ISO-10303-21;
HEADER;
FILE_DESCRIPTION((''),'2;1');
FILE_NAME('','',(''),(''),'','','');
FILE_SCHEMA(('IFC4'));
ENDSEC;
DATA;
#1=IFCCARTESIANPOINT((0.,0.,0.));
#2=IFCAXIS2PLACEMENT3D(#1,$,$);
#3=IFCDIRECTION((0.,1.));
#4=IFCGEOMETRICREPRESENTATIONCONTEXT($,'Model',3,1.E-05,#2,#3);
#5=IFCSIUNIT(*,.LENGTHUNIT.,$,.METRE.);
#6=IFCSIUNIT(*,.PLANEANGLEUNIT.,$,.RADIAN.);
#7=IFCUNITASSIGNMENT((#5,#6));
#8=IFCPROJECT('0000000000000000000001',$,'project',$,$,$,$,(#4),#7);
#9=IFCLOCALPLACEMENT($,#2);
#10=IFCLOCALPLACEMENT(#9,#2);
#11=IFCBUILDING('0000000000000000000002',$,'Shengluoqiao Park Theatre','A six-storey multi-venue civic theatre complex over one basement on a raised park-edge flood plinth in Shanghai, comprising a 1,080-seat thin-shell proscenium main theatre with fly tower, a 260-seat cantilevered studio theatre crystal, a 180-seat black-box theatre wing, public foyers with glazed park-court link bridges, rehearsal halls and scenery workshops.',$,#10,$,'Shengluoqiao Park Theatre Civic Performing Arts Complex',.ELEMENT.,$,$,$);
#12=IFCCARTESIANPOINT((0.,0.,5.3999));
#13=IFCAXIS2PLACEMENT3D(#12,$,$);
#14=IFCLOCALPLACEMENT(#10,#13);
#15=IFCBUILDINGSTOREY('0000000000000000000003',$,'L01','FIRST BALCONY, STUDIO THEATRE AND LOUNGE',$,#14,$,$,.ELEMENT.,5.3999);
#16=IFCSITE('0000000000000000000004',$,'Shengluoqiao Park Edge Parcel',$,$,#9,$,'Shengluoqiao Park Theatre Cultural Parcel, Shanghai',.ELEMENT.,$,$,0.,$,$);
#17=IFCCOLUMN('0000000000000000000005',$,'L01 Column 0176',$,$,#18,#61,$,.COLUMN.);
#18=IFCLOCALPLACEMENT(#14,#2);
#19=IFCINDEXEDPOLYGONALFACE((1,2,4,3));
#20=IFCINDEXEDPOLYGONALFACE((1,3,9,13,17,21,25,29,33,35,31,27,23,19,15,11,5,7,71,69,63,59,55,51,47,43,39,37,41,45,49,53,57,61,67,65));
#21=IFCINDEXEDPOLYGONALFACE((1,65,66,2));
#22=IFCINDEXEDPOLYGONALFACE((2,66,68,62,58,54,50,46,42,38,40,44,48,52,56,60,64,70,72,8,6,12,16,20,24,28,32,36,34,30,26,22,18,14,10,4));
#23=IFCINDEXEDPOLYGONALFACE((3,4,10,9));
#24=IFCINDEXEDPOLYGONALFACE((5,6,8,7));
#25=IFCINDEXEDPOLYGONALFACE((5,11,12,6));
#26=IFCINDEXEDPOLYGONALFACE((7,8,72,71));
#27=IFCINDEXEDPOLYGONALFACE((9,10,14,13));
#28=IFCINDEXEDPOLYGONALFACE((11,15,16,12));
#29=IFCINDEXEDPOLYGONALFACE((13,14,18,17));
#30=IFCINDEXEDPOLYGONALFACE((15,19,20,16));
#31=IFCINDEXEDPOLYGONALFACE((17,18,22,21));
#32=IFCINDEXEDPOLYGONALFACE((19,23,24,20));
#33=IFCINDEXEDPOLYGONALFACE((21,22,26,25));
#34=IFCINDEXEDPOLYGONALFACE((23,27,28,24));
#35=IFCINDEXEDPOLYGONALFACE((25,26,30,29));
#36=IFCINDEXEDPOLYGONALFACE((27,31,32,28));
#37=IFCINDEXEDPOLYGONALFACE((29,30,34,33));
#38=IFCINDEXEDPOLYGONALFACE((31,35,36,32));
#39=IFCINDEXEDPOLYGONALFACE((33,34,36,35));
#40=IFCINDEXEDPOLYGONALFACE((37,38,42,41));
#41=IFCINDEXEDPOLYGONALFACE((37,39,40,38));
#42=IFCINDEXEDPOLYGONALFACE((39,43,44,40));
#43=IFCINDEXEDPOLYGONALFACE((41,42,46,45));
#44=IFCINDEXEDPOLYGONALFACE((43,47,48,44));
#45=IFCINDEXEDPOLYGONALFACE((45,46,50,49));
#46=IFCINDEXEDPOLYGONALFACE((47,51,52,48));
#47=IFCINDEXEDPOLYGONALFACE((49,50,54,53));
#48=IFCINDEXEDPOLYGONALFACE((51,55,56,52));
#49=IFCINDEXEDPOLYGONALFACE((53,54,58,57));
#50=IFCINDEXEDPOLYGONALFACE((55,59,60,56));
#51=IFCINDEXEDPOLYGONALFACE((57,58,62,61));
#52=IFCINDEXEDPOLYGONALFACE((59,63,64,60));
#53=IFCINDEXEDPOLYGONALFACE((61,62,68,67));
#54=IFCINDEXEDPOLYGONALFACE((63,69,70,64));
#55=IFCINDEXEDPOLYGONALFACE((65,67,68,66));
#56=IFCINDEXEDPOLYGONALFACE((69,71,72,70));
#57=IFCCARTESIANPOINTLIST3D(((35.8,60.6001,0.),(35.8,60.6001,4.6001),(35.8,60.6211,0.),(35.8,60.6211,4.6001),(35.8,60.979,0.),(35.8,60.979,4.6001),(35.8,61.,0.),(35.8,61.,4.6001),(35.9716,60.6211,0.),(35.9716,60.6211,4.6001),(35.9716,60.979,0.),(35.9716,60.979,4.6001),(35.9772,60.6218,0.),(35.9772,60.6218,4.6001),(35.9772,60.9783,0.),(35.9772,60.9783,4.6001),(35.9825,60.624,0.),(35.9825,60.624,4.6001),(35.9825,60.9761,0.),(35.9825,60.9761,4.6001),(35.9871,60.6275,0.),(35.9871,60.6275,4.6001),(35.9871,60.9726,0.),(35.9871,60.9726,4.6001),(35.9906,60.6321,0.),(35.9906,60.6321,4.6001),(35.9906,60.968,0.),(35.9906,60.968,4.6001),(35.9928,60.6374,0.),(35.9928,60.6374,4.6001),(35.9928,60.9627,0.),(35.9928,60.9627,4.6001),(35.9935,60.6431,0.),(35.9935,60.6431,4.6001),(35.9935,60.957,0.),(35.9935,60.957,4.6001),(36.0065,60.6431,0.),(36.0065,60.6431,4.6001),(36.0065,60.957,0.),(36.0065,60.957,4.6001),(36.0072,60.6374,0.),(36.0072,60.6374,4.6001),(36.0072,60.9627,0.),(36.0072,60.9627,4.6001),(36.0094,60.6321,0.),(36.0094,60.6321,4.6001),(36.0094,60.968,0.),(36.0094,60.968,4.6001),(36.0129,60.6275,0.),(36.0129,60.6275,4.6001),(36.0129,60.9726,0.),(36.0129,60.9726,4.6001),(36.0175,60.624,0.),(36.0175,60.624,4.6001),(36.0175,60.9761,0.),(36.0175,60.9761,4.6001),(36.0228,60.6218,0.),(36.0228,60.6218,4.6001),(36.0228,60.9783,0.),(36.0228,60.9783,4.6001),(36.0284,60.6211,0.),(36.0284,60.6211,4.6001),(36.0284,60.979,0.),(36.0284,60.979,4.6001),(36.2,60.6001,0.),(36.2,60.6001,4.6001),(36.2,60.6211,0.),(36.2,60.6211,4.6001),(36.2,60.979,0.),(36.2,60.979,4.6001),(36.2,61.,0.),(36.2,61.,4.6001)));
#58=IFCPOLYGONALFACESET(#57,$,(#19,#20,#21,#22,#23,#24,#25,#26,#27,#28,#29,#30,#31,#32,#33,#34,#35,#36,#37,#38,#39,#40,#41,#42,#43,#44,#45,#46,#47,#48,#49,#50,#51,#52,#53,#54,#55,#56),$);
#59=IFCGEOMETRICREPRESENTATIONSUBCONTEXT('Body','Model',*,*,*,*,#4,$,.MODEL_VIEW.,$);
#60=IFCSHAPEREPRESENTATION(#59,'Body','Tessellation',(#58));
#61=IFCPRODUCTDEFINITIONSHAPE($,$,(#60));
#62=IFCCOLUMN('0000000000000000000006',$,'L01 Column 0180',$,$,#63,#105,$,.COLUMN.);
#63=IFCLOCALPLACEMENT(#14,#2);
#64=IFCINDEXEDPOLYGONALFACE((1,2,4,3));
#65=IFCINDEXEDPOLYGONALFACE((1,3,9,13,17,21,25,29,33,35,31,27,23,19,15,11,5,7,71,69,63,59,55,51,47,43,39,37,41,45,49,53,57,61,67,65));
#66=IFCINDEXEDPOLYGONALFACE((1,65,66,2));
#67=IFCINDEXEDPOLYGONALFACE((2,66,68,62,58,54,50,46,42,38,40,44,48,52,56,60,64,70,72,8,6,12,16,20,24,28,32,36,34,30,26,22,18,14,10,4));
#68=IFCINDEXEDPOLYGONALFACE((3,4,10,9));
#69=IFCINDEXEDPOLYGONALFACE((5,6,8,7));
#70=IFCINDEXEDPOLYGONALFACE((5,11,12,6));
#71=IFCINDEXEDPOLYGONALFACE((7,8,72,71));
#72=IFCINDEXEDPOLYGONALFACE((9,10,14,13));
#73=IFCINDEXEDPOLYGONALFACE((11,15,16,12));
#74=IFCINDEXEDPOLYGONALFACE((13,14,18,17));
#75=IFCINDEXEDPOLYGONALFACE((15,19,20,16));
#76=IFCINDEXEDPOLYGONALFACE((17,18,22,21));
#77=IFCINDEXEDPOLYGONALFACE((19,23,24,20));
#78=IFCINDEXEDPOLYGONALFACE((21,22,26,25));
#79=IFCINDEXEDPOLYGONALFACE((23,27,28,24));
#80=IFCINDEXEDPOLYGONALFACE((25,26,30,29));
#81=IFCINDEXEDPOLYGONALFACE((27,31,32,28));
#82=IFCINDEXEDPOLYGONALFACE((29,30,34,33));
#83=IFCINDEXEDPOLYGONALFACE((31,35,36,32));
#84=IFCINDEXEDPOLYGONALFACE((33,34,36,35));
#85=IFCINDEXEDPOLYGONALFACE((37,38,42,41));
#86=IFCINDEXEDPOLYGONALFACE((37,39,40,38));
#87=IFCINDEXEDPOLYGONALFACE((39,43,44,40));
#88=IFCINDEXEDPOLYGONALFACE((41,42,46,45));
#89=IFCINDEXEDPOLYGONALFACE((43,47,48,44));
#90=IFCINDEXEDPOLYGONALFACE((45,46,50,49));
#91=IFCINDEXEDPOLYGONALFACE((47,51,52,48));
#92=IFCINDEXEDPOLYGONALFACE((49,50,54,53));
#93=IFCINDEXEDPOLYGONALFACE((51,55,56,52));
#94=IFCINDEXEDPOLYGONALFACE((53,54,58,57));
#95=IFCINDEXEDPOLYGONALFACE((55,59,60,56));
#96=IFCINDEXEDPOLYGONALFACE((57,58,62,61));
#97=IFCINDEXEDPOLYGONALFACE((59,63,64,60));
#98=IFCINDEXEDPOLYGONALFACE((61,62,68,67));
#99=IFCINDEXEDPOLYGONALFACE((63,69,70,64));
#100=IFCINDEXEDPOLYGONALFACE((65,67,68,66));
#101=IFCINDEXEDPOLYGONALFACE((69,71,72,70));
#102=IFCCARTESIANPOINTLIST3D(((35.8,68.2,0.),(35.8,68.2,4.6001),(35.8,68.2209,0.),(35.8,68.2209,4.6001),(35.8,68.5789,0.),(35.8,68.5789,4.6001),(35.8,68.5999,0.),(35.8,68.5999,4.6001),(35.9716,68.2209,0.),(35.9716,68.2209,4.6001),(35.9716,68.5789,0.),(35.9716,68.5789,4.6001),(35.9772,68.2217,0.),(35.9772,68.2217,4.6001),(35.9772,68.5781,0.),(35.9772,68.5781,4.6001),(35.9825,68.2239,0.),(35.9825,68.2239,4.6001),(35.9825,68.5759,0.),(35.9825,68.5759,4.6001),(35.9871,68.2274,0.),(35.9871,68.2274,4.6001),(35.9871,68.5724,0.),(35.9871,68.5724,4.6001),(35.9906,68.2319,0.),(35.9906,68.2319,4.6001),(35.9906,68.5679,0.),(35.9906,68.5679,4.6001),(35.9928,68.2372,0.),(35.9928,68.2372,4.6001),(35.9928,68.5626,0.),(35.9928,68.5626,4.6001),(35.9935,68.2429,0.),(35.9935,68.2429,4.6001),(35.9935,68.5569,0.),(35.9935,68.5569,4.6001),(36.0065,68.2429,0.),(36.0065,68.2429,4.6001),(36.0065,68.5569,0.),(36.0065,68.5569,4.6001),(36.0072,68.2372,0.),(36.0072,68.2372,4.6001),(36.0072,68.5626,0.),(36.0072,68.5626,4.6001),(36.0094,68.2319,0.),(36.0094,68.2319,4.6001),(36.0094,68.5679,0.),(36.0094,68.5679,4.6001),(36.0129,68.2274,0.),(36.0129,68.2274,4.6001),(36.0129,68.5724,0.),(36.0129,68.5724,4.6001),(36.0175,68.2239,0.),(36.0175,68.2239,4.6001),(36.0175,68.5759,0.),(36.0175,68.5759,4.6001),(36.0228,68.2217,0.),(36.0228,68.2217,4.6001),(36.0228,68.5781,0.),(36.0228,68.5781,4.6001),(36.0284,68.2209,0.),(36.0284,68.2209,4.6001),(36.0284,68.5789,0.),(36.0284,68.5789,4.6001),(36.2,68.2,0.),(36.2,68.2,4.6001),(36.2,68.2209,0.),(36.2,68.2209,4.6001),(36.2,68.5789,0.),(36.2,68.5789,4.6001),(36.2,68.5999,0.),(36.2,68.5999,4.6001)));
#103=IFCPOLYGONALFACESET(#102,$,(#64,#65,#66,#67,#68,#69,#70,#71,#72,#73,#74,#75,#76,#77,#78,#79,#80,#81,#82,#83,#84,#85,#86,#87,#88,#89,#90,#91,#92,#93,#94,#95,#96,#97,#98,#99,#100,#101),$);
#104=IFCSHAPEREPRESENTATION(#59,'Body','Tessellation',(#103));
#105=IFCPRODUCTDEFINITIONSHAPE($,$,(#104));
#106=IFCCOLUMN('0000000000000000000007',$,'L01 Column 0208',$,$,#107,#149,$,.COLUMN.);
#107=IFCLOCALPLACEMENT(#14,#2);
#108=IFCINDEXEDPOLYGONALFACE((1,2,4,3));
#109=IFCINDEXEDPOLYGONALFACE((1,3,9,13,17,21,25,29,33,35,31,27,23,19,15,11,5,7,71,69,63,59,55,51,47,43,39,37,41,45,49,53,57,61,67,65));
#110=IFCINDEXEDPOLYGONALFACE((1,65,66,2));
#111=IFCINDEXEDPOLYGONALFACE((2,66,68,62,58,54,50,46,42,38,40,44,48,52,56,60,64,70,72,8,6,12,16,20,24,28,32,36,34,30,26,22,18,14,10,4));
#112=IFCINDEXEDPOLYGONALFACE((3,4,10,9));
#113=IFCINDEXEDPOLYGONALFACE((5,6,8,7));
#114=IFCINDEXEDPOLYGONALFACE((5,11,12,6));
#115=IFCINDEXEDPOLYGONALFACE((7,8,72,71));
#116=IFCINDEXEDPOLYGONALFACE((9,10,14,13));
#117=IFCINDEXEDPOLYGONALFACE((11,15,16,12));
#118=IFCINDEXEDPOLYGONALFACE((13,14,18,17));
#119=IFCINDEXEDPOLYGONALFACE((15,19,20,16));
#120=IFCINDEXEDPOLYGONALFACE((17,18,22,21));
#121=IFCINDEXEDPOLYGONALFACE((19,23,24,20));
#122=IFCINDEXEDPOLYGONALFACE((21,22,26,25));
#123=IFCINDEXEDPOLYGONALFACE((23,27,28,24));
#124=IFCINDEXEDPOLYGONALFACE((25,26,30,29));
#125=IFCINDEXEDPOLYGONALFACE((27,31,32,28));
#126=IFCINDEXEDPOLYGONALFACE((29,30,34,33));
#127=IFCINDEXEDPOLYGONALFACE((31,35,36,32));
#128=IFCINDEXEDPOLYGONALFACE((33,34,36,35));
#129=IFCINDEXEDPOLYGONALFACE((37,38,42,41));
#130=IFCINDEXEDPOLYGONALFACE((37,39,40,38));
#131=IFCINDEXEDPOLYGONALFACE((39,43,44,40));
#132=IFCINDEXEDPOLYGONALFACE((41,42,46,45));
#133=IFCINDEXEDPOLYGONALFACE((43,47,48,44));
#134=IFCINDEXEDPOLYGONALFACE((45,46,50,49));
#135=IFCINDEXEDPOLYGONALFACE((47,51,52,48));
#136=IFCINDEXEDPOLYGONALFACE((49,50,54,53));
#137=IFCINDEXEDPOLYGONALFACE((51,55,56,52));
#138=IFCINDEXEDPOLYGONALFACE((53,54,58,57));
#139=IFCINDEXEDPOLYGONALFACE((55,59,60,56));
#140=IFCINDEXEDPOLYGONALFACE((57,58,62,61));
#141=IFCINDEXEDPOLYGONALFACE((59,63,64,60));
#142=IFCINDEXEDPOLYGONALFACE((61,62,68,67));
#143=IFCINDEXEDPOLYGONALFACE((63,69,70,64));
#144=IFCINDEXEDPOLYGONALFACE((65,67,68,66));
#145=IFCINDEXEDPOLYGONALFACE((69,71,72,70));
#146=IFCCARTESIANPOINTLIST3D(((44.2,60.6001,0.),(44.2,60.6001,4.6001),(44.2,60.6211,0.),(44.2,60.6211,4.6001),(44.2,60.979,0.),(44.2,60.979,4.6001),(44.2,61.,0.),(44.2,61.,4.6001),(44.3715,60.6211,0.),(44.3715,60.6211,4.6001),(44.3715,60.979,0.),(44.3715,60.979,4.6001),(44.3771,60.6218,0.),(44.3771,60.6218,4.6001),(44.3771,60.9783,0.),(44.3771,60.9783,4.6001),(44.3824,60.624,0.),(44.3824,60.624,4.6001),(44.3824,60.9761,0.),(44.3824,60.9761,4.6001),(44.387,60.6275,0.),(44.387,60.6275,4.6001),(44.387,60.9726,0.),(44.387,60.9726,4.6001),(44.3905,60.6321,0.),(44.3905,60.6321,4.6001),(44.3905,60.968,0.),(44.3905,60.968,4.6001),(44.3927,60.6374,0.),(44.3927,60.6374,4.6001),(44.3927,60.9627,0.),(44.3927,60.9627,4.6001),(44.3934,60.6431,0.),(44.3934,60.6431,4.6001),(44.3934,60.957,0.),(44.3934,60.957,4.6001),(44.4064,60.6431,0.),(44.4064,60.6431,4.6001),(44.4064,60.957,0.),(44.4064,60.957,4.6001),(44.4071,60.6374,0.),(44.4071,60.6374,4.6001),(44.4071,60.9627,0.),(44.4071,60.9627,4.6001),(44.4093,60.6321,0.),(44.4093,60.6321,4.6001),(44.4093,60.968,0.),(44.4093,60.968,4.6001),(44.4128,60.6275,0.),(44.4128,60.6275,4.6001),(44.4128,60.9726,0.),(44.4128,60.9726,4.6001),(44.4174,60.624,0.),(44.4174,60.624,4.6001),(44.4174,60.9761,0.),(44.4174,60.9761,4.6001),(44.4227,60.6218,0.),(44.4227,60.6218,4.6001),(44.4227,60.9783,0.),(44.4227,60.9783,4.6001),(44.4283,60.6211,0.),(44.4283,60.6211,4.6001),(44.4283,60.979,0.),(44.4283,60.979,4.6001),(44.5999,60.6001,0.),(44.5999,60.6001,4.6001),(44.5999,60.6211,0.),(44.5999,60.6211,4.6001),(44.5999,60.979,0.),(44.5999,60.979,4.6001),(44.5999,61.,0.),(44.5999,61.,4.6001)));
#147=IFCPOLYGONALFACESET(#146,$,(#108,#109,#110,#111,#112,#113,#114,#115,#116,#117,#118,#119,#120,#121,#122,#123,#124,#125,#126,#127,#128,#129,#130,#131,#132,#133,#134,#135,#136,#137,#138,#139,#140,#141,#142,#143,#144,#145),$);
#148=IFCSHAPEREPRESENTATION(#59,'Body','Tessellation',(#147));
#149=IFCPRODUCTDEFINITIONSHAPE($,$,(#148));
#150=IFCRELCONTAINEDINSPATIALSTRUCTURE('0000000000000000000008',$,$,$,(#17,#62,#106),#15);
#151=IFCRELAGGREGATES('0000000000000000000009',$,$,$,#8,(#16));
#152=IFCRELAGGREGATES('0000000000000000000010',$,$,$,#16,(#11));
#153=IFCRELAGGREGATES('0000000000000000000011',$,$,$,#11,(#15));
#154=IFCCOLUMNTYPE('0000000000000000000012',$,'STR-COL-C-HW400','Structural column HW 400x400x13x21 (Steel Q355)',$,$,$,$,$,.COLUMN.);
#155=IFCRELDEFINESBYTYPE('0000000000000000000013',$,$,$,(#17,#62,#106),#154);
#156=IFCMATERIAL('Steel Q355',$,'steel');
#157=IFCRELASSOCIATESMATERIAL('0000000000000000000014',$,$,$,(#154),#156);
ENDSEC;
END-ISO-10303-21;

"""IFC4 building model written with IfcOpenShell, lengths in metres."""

from ifc_helpers import new_model, si_unit, direction, frame, origin, origin_2d, place, context, subcontext, project, spatial, i_section, extrude, material, material_profile, profile_set, type_object, element, save


model = new_model("IFC4")

# Units and contexts
model_context = context("Model", 3, precision=1e-05, world=origin(), true_north=direction((0.0, 1.0)))
body_context = subcontext(model_context, "Body", "Model", "MODEL_VIEW")
ifc_project = project(units=[si_unit("LENGTHUNIT", "METRE"), si_unit("PLANEANGLEUNIT", "RADIAN")], contexts=[model_context])

# Site, building, storey
site_placement = place(None, origin())
site = spatial("IfcSite", under=ifc_project, at=site_placement, Name="Shengluoqiao Park Edge Parcel", LongName="Shengluoqiao Park Theatre Cultural Parcel, Shanghai", CompositionType="ELEMENT", RefElevation=0.0)
building_placement = place(site_placement, origin())
building = spatial("IfcBuilding", under=site, at=building_placement, Name="Shengluoqiao Park Theatre", Description="A six-storey multi-venue civic theatre complex over one basement on a raised park-edge flood plinth in Shanghai, comprising a 1,080-seat thin-shell proscenium main theatre with fly tower, a 260-seat cantilevered studio theatre crystal, a 180-seat black-box theatre wing, public foyers with glazed park-court link bridges, rehearsal halls and scenery workshops.", LongName="Shengluoqiao Park Theatre Civic Performing Arts Complex", CompositionType="ELEMENT")
storey_placement = place(building_placement, frame((0.0, 0.0, 5.3999)))
storey = spatial("IfcBuildingStorey", under=building, at=storey_placement, Name="L01", Description="FIRST BALCONY, STUDIO THEATRE AND LOUNGE", CompositionType="ELEMENT", Elevation=5.3999)

# Columns
ifc_material_1 = material(Name="Steel Q355", Category="steel")
ifc_material_profile_1 = material_profile(ifc_material_1, i_section(OverallWidth=0.3999, OverallDepth=0.3999, WebThickness=0.0129, FlangeThickness=0.021, FilletRadius=0.022, at=origin_2d()), Name="HW 400x400x13x21")
ifc_profile_set_1 = profile_set([ifc_material_profile_1], Name="Steel Q355")
column_type = type_object("IfcColumnType", Name="STR-COL-C-HW400", Description="Structural column HW 400x400x13x21 (Steel Q355)", PredefinedType="COLUMN", material=ifc_profile_set_1)
for number, where, z_axis, x_axis, name in (
    (1, (36.0, 60.8, 0.0), (0.0, 0.0, 1.0), (1.0, 0.0, 0.0), "L01 Column 0176"),
    (2, (36.0, 68.3999, 0.0), (0.0, 0.0, 1.0), (1.0, 0.0, 0.0), "L01 Column 0180"),
    (3, (44.3999, 60.8, 0.0), (0.0, 0.0, 1.0), (1.0, 0.0, 0.0), "L01 Column 0208"),
):
    element("IfcColumn", number, at=place(storey_placement, frame(where, z_axis=z_axis, x_axis=x_axis)), inside=storey, type_object=column_type, Name=name, PredefinedType="COLUMN", context=body_context, shape_type="SweptSolid", body=[
        extrude(i_section(OverallWidth=0.3999, OverallDepth=0.3999, WebThickness=0.0129, FlangeThickness=0.021, FilletRadius=0.022, at=origin_2d()), origin(), (0.0, 0.0, 1.0), 4.6001),
    ])

save(model, "model.ifc")
